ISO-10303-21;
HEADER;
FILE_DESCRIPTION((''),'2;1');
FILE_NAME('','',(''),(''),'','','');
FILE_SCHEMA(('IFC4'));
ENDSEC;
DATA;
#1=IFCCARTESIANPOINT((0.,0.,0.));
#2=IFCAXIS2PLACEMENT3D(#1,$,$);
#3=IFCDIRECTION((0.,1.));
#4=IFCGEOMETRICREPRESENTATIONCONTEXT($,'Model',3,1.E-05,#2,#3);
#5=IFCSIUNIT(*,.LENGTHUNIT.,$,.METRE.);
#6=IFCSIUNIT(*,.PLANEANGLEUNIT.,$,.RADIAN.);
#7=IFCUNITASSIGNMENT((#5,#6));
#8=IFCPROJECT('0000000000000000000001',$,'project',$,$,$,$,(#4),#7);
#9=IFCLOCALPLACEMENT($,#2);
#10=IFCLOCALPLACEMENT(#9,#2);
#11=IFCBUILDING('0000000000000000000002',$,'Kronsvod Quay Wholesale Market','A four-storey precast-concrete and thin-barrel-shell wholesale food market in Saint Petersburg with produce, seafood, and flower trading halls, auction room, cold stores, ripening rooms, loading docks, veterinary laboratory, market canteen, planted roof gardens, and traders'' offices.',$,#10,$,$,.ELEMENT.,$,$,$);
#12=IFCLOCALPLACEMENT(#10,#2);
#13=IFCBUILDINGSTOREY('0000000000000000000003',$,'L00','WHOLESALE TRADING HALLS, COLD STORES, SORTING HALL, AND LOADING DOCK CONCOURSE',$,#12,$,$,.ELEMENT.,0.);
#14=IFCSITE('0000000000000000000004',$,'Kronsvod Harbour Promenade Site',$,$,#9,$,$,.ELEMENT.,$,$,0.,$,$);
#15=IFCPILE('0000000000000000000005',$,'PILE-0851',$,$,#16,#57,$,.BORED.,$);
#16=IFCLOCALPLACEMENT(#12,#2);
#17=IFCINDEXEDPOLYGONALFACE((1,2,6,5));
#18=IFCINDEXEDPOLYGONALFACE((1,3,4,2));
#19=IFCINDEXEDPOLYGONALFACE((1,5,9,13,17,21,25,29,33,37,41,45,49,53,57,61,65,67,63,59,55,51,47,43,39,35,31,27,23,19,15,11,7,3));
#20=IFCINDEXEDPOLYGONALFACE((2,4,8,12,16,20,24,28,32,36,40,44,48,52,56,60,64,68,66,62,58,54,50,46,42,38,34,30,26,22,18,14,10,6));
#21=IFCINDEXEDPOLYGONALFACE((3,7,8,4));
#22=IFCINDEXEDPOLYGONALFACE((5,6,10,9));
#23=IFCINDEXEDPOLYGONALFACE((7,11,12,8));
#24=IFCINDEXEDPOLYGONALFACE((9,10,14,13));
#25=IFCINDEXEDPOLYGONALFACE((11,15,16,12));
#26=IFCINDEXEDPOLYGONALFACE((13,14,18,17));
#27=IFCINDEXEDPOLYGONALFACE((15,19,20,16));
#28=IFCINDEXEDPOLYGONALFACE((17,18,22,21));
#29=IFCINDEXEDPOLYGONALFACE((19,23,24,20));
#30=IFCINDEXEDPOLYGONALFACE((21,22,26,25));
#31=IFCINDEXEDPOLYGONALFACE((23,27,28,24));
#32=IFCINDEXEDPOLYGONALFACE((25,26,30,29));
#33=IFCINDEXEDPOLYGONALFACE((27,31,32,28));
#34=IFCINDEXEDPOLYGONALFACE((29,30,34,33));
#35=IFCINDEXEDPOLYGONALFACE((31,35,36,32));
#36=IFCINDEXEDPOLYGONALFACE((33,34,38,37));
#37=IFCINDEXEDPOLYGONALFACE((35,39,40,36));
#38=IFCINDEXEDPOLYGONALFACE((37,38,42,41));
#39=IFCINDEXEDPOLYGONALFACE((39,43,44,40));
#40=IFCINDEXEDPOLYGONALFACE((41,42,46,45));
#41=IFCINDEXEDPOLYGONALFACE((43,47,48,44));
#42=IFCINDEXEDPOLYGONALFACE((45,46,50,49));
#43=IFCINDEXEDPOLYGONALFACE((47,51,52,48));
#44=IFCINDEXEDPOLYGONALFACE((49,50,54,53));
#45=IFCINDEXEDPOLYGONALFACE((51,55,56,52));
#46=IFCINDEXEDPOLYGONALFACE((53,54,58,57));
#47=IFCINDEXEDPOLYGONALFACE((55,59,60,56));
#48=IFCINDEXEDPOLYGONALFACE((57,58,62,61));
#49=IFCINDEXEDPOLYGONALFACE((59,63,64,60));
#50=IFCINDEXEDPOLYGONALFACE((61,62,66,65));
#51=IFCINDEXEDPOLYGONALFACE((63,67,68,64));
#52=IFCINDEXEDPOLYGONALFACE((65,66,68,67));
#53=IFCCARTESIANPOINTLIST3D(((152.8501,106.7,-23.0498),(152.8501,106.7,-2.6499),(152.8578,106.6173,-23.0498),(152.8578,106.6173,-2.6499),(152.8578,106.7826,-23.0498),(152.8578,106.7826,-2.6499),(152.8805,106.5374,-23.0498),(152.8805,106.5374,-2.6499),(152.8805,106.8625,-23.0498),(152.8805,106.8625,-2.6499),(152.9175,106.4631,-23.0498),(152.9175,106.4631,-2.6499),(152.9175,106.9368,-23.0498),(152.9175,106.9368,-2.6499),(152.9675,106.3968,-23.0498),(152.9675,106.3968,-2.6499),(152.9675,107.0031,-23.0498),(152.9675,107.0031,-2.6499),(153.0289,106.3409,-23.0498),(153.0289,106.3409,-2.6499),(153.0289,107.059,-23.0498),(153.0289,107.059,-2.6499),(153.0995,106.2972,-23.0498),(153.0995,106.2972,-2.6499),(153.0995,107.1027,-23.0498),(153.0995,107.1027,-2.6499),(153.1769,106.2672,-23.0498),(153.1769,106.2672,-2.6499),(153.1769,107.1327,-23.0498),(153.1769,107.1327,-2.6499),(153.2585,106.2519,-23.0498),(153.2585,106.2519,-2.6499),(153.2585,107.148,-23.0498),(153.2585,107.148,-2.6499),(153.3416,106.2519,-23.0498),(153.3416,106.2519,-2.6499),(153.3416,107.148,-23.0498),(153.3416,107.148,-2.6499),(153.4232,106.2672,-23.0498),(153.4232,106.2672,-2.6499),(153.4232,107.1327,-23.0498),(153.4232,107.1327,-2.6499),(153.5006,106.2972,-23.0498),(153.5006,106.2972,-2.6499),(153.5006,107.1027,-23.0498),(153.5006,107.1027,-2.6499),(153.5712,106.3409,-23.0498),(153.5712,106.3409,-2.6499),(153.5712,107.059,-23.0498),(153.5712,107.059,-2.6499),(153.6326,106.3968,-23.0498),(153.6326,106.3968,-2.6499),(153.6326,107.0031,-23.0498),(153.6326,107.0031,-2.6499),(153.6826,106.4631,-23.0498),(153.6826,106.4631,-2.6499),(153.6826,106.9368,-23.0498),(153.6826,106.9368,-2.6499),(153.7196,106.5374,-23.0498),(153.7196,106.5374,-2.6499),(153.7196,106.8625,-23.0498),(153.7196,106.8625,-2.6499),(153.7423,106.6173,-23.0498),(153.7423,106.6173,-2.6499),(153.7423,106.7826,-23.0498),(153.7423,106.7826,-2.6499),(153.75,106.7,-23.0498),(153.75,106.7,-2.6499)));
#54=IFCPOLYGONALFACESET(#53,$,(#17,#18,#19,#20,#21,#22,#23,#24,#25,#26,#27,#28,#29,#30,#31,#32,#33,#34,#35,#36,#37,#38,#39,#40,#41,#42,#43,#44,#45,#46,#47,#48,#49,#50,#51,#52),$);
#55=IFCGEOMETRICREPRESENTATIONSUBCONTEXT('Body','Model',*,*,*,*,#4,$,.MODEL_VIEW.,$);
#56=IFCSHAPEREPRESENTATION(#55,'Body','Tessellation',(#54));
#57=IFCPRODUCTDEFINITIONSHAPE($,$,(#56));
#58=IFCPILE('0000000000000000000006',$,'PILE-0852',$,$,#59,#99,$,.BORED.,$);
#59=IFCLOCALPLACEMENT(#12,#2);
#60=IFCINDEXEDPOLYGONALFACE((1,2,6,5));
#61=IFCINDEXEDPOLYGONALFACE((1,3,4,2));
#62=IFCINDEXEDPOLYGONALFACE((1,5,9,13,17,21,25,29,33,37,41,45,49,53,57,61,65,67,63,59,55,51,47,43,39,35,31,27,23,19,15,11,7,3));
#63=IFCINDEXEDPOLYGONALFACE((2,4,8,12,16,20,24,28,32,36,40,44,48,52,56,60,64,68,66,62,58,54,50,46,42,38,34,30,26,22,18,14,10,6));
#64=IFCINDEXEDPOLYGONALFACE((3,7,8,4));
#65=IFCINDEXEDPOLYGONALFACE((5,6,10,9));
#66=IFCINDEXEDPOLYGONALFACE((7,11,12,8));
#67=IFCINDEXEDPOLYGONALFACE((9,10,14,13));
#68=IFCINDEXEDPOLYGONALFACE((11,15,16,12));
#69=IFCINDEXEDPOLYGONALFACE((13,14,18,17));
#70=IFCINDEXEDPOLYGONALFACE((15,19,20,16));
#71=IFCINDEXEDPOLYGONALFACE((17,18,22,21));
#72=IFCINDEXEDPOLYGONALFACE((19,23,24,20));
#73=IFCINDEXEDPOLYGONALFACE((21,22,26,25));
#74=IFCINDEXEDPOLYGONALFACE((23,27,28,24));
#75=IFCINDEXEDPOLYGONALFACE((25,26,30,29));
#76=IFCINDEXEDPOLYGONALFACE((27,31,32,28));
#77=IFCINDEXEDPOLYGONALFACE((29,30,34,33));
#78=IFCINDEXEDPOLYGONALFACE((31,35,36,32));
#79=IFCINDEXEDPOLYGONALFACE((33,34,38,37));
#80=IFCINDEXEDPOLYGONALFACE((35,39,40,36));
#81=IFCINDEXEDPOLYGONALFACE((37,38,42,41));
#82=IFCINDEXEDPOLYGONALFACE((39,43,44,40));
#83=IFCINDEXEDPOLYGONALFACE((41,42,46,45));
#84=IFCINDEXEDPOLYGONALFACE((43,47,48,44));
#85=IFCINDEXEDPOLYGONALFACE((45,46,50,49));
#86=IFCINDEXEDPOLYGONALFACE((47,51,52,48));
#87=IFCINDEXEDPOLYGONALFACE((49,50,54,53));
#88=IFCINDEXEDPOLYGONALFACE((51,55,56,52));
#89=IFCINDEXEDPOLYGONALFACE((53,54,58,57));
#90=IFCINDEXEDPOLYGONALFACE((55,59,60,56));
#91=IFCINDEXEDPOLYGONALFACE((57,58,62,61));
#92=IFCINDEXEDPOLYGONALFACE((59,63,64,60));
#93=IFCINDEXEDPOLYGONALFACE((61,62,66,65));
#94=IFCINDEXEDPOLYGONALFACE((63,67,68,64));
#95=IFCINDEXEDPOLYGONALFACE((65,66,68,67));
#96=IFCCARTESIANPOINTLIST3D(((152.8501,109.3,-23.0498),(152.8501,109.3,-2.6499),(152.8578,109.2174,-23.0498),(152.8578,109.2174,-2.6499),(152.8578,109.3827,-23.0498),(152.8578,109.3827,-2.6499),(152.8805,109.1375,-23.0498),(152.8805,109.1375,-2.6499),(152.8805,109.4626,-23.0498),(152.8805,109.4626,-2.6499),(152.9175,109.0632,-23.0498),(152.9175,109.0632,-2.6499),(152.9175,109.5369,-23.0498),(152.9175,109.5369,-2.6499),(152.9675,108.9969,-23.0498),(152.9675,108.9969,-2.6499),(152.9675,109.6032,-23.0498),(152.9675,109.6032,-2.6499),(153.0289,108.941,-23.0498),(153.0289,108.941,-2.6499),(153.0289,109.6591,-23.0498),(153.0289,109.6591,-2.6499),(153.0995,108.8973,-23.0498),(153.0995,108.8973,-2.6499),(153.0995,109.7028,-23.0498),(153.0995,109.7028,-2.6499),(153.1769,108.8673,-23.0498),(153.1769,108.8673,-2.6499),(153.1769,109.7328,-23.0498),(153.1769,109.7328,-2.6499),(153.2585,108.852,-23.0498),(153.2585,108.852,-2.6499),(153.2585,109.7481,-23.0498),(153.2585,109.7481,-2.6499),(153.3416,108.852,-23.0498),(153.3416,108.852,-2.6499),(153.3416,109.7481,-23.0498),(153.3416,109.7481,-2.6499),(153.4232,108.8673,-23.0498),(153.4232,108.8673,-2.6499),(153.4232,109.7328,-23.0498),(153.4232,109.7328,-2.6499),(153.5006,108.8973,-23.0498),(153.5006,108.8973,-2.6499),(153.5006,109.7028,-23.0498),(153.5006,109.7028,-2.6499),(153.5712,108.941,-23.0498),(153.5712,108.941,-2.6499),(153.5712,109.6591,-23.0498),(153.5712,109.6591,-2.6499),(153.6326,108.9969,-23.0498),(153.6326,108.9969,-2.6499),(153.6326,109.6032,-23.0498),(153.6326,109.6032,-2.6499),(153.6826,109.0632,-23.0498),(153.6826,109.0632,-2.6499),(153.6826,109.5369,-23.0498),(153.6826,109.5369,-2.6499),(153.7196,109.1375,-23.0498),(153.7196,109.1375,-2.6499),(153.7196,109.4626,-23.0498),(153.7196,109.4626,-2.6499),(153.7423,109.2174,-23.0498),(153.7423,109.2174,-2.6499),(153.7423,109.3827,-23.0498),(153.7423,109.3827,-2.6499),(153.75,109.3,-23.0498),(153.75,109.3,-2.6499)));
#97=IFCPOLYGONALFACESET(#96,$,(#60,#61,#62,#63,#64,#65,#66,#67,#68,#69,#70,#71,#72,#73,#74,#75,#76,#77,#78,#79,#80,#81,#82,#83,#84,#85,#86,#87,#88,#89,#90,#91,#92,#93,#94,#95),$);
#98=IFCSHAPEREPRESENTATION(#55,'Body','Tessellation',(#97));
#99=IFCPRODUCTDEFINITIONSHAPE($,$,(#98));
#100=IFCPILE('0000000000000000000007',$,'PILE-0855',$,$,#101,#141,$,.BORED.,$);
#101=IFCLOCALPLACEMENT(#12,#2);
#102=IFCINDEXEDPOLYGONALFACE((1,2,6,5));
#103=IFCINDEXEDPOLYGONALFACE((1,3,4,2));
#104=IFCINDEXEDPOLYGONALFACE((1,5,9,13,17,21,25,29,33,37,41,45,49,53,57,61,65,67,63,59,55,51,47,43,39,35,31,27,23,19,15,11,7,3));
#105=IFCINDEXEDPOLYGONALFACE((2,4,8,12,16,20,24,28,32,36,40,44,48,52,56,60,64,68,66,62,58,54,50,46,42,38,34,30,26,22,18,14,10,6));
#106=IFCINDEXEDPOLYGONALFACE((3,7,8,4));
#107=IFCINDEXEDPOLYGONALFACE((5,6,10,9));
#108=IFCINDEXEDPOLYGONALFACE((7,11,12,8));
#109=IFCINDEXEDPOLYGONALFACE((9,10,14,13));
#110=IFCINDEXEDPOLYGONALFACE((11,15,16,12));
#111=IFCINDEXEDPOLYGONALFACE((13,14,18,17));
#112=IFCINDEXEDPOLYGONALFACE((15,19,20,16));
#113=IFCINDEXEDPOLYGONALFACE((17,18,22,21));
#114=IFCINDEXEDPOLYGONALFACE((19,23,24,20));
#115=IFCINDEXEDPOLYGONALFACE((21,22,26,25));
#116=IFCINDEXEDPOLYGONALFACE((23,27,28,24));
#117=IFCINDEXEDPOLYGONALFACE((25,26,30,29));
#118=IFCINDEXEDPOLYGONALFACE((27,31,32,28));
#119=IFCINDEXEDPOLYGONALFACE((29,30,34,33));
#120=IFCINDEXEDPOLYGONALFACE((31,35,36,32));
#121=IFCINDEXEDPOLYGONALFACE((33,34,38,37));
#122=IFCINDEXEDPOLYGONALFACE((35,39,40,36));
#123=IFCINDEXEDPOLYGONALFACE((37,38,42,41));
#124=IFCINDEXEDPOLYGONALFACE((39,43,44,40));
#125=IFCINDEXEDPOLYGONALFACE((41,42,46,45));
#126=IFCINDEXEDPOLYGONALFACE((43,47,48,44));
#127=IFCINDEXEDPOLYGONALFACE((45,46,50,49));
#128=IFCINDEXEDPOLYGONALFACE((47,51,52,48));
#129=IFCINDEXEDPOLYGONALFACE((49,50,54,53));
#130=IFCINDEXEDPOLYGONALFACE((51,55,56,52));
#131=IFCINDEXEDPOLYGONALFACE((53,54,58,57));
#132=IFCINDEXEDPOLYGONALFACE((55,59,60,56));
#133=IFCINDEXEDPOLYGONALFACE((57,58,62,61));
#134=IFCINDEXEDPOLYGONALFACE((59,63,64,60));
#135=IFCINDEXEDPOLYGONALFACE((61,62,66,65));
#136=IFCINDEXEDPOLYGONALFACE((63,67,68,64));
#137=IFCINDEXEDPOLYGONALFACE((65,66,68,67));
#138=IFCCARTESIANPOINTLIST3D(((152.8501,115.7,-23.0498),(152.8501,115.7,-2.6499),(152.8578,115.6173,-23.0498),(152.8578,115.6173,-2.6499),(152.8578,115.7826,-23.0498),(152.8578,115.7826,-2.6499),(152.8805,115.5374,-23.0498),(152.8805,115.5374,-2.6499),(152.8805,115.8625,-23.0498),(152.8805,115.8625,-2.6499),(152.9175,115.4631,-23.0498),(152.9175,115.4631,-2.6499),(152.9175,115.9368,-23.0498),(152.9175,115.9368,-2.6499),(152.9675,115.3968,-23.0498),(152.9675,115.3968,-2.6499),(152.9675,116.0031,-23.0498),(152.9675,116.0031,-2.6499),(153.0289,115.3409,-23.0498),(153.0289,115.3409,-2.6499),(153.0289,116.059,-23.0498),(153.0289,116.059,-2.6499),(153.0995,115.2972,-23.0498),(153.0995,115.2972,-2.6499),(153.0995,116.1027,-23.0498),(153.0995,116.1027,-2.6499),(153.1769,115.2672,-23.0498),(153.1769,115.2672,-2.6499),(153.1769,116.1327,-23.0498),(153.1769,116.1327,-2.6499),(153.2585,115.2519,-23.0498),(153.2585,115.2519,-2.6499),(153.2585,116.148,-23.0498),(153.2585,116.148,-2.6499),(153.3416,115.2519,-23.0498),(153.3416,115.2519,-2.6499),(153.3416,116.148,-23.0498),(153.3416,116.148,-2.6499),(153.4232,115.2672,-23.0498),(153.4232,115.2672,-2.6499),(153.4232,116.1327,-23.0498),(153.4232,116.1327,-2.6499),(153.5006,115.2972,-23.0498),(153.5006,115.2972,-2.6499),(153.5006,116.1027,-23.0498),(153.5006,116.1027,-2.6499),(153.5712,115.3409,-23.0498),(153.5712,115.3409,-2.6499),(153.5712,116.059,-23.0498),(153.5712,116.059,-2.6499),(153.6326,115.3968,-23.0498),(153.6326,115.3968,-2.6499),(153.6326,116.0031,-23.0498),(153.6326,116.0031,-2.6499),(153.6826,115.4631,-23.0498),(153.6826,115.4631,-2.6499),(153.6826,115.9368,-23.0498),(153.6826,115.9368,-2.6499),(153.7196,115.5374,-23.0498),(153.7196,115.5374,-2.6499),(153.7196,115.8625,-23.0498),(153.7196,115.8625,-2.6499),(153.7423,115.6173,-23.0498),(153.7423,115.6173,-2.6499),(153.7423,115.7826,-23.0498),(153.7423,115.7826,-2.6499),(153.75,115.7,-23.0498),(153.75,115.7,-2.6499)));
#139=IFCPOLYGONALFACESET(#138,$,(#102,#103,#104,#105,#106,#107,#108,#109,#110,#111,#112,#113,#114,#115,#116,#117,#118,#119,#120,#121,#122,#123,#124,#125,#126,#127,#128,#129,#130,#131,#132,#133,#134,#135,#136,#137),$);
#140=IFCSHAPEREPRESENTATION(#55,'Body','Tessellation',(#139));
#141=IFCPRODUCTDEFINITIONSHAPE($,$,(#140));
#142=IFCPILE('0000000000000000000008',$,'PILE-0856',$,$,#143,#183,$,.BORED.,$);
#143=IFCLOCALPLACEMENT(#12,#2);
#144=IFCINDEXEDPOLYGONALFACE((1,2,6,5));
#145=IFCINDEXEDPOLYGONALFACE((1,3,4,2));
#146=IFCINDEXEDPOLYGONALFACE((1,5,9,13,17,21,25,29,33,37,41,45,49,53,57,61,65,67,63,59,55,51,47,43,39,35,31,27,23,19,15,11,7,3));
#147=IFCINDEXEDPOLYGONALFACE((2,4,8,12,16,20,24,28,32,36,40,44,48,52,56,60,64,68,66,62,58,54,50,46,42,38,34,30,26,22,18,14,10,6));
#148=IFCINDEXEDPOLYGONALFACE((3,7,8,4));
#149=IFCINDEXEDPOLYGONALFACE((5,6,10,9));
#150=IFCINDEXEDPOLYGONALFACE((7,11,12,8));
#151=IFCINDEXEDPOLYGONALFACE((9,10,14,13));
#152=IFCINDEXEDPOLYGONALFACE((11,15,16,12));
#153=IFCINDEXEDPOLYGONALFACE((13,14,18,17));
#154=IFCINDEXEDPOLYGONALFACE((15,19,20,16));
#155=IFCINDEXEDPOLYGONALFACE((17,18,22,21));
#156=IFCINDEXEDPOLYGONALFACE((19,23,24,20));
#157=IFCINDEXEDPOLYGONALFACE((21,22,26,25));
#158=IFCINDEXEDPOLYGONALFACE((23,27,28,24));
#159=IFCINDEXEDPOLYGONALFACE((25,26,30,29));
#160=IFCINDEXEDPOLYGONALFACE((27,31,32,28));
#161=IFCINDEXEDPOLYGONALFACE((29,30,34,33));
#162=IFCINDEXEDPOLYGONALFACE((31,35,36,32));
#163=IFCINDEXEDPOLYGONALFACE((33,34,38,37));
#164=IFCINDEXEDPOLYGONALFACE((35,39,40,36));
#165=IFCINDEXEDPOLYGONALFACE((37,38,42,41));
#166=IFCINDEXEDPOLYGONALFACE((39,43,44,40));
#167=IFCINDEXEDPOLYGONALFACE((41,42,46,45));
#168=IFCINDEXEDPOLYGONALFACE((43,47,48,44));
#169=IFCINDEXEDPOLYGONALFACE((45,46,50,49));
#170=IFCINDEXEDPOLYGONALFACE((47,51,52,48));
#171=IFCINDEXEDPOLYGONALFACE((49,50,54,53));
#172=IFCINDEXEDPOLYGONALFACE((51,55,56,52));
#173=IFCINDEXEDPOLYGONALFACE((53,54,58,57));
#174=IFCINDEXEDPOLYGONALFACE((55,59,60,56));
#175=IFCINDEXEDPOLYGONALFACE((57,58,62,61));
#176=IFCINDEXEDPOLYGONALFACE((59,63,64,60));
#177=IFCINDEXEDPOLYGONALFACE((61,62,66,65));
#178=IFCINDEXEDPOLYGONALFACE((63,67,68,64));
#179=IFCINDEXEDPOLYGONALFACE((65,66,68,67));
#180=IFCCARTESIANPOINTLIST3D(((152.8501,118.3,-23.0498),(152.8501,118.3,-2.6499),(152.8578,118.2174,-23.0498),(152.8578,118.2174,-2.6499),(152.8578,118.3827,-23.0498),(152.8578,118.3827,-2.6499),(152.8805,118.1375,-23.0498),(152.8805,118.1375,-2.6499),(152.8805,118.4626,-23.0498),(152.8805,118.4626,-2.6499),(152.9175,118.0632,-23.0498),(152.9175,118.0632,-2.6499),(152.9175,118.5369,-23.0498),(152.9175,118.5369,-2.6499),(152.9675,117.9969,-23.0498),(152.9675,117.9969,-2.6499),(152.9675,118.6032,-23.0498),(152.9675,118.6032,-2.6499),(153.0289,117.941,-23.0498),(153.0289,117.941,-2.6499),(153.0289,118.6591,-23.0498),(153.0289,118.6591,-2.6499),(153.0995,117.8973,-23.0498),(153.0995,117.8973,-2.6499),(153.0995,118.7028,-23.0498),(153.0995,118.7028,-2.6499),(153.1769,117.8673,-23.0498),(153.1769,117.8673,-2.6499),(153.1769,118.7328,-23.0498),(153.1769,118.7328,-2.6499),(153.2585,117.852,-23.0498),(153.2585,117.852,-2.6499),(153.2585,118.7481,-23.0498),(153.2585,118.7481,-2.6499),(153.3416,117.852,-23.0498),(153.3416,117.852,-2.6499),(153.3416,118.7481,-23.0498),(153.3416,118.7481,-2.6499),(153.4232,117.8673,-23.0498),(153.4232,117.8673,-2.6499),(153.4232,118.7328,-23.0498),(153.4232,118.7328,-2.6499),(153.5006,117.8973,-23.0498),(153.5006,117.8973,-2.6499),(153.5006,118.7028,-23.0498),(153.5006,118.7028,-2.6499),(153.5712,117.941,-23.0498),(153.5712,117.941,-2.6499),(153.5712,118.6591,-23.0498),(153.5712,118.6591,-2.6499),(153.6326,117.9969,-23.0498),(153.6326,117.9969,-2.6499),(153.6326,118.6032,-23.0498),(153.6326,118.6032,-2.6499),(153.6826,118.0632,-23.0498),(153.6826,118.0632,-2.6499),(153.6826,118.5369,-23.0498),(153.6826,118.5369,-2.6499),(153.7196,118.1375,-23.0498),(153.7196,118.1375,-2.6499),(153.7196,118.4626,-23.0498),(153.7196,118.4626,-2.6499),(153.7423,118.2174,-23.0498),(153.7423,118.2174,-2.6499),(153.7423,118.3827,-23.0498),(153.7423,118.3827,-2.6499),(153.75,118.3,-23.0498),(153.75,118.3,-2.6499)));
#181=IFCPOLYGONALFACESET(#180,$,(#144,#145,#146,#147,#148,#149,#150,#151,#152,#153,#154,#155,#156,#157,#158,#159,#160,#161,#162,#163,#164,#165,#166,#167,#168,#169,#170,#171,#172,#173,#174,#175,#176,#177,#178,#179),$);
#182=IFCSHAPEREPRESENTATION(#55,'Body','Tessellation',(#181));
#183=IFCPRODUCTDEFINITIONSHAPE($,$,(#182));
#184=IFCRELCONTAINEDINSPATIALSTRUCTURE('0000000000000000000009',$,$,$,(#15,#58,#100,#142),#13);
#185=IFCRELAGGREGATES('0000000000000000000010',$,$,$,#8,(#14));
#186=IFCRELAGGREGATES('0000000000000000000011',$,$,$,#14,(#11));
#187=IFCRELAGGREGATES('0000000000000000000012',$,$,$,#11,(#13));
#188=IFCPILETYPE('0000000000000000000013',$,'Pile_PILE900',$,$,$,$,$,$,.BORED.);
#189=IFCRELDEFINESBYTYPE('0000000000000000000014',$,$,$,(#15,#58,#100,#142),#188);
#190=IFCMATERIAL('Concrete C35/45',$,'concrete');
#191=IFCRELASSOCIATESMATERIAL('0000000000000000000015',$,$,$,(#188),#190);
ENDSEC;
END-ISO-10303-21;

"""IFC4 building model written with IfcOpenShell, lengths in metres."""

from ifc_helpers import new_model, si_unit, direction, frame, origin, origin_2d, place, context, subcontext, project, spatial, circle, extrude, material, material_profile, profile_set, type_object, element, save


model = new_model("IFC4")

# Units and contexts
model_context = context("Model", 3, precision=1e-05, world=origin(), true_north=direction((0.0, 1.0)))
body_context = subcontext(model_context, "Body", "Model", "MODEL_VIEW")
ifc_project = project(units=[si_unit("LENGTHUNIT", "METRE"), si_unit("PLANEANGLEUNIT", "RADIAN")], contexts=[model_context])

# Site, building, storey
site_placement = place(None, origin())
site = spatial("IfcSite", under=ifc_project, at=site_placement, Name="Kronsvod Harbour Promenade Site", CompositionType="ELEMENT", RefElevation=0.0)
building_placement = place(site_placement, origin())
building = spatial("IfcBuilding", under=site, at=building_placement, Name="Kronsvod Quay Wholesale Market", Description="A four-storey precast-concrete and thin-barrel-shell wholesale food market in Saint Petersburg with produce, seafood, and flower trading halls, auction room, cold stores, ripening rooms, loading docks, veterinary laboratory, market canteen, planted roof gardens, and traders' offices.", CompositionType="ELEMENT")
storey_placement = place(building_placement, origin())
storey = spatial("IfcBuildingStorey", under=building, at=storey_placement, Name="L00", Description="WHOLESALE TRADING HALLS, COLD STORES, SORTING HALL, AND LOADING DOCK CONCOURSE", CompositionType="ELEMENT", Elevation=0.0)

# Piles
ifc_material_1 = material(Name="Concrete C35/45", Category="concrete")
ifc_material_profile_1 = material_profile(ifc_material_1, circle(Radius=0.45, at=origin_2d()), Name="PILE900")
ifc_profile_set_1 = profile_set([ifc_material_profile_1], Name="Concrete C35/45")
pile_type_1 = type_object("IfcPileType", Name="Pile_PILE900", PredefinedType="BORED", material=ifc_profile_set_1)
for number, where, z_axis, x_axis, name in (
    (1, (153.3, 106.7, -2.6499), (0.0, 0.0, -1.0), (1.0, 0.0, 0.0), "PILE-0851"),
    (2, (153.3, 109.3, -2.6499), (0.0, 0.0, -1.0), (1.0, 0.0, 0.0), "PILE-0852"),
    (3, (153.3, 115.7, -2.6499), (0.0, 0.0, -1.0), (1.0, 0.0, 0.0), "PILE-0855"),
    (4, (153.3, 118.3, -2.6499), (0.0, 0.0, -1.0), (1.0, 0.0, 0.0), "PILE-0856"),
):
    element("IfcPile", number, at=place(storey_placement, frame(where, z_axis=z_axis, x_axis=x_axis)), inside=storey, type_object=pile_type_1, Name=name, PredefinedType="BORED", context=body_context, shape_type="SweptSolid", body=[
        extrude(circle(Radius=0.45, at=origin_2d()), origin(), (0.0, 0.0, 1.0), 20.3999),
    ])

save(model, "model.ifc")
